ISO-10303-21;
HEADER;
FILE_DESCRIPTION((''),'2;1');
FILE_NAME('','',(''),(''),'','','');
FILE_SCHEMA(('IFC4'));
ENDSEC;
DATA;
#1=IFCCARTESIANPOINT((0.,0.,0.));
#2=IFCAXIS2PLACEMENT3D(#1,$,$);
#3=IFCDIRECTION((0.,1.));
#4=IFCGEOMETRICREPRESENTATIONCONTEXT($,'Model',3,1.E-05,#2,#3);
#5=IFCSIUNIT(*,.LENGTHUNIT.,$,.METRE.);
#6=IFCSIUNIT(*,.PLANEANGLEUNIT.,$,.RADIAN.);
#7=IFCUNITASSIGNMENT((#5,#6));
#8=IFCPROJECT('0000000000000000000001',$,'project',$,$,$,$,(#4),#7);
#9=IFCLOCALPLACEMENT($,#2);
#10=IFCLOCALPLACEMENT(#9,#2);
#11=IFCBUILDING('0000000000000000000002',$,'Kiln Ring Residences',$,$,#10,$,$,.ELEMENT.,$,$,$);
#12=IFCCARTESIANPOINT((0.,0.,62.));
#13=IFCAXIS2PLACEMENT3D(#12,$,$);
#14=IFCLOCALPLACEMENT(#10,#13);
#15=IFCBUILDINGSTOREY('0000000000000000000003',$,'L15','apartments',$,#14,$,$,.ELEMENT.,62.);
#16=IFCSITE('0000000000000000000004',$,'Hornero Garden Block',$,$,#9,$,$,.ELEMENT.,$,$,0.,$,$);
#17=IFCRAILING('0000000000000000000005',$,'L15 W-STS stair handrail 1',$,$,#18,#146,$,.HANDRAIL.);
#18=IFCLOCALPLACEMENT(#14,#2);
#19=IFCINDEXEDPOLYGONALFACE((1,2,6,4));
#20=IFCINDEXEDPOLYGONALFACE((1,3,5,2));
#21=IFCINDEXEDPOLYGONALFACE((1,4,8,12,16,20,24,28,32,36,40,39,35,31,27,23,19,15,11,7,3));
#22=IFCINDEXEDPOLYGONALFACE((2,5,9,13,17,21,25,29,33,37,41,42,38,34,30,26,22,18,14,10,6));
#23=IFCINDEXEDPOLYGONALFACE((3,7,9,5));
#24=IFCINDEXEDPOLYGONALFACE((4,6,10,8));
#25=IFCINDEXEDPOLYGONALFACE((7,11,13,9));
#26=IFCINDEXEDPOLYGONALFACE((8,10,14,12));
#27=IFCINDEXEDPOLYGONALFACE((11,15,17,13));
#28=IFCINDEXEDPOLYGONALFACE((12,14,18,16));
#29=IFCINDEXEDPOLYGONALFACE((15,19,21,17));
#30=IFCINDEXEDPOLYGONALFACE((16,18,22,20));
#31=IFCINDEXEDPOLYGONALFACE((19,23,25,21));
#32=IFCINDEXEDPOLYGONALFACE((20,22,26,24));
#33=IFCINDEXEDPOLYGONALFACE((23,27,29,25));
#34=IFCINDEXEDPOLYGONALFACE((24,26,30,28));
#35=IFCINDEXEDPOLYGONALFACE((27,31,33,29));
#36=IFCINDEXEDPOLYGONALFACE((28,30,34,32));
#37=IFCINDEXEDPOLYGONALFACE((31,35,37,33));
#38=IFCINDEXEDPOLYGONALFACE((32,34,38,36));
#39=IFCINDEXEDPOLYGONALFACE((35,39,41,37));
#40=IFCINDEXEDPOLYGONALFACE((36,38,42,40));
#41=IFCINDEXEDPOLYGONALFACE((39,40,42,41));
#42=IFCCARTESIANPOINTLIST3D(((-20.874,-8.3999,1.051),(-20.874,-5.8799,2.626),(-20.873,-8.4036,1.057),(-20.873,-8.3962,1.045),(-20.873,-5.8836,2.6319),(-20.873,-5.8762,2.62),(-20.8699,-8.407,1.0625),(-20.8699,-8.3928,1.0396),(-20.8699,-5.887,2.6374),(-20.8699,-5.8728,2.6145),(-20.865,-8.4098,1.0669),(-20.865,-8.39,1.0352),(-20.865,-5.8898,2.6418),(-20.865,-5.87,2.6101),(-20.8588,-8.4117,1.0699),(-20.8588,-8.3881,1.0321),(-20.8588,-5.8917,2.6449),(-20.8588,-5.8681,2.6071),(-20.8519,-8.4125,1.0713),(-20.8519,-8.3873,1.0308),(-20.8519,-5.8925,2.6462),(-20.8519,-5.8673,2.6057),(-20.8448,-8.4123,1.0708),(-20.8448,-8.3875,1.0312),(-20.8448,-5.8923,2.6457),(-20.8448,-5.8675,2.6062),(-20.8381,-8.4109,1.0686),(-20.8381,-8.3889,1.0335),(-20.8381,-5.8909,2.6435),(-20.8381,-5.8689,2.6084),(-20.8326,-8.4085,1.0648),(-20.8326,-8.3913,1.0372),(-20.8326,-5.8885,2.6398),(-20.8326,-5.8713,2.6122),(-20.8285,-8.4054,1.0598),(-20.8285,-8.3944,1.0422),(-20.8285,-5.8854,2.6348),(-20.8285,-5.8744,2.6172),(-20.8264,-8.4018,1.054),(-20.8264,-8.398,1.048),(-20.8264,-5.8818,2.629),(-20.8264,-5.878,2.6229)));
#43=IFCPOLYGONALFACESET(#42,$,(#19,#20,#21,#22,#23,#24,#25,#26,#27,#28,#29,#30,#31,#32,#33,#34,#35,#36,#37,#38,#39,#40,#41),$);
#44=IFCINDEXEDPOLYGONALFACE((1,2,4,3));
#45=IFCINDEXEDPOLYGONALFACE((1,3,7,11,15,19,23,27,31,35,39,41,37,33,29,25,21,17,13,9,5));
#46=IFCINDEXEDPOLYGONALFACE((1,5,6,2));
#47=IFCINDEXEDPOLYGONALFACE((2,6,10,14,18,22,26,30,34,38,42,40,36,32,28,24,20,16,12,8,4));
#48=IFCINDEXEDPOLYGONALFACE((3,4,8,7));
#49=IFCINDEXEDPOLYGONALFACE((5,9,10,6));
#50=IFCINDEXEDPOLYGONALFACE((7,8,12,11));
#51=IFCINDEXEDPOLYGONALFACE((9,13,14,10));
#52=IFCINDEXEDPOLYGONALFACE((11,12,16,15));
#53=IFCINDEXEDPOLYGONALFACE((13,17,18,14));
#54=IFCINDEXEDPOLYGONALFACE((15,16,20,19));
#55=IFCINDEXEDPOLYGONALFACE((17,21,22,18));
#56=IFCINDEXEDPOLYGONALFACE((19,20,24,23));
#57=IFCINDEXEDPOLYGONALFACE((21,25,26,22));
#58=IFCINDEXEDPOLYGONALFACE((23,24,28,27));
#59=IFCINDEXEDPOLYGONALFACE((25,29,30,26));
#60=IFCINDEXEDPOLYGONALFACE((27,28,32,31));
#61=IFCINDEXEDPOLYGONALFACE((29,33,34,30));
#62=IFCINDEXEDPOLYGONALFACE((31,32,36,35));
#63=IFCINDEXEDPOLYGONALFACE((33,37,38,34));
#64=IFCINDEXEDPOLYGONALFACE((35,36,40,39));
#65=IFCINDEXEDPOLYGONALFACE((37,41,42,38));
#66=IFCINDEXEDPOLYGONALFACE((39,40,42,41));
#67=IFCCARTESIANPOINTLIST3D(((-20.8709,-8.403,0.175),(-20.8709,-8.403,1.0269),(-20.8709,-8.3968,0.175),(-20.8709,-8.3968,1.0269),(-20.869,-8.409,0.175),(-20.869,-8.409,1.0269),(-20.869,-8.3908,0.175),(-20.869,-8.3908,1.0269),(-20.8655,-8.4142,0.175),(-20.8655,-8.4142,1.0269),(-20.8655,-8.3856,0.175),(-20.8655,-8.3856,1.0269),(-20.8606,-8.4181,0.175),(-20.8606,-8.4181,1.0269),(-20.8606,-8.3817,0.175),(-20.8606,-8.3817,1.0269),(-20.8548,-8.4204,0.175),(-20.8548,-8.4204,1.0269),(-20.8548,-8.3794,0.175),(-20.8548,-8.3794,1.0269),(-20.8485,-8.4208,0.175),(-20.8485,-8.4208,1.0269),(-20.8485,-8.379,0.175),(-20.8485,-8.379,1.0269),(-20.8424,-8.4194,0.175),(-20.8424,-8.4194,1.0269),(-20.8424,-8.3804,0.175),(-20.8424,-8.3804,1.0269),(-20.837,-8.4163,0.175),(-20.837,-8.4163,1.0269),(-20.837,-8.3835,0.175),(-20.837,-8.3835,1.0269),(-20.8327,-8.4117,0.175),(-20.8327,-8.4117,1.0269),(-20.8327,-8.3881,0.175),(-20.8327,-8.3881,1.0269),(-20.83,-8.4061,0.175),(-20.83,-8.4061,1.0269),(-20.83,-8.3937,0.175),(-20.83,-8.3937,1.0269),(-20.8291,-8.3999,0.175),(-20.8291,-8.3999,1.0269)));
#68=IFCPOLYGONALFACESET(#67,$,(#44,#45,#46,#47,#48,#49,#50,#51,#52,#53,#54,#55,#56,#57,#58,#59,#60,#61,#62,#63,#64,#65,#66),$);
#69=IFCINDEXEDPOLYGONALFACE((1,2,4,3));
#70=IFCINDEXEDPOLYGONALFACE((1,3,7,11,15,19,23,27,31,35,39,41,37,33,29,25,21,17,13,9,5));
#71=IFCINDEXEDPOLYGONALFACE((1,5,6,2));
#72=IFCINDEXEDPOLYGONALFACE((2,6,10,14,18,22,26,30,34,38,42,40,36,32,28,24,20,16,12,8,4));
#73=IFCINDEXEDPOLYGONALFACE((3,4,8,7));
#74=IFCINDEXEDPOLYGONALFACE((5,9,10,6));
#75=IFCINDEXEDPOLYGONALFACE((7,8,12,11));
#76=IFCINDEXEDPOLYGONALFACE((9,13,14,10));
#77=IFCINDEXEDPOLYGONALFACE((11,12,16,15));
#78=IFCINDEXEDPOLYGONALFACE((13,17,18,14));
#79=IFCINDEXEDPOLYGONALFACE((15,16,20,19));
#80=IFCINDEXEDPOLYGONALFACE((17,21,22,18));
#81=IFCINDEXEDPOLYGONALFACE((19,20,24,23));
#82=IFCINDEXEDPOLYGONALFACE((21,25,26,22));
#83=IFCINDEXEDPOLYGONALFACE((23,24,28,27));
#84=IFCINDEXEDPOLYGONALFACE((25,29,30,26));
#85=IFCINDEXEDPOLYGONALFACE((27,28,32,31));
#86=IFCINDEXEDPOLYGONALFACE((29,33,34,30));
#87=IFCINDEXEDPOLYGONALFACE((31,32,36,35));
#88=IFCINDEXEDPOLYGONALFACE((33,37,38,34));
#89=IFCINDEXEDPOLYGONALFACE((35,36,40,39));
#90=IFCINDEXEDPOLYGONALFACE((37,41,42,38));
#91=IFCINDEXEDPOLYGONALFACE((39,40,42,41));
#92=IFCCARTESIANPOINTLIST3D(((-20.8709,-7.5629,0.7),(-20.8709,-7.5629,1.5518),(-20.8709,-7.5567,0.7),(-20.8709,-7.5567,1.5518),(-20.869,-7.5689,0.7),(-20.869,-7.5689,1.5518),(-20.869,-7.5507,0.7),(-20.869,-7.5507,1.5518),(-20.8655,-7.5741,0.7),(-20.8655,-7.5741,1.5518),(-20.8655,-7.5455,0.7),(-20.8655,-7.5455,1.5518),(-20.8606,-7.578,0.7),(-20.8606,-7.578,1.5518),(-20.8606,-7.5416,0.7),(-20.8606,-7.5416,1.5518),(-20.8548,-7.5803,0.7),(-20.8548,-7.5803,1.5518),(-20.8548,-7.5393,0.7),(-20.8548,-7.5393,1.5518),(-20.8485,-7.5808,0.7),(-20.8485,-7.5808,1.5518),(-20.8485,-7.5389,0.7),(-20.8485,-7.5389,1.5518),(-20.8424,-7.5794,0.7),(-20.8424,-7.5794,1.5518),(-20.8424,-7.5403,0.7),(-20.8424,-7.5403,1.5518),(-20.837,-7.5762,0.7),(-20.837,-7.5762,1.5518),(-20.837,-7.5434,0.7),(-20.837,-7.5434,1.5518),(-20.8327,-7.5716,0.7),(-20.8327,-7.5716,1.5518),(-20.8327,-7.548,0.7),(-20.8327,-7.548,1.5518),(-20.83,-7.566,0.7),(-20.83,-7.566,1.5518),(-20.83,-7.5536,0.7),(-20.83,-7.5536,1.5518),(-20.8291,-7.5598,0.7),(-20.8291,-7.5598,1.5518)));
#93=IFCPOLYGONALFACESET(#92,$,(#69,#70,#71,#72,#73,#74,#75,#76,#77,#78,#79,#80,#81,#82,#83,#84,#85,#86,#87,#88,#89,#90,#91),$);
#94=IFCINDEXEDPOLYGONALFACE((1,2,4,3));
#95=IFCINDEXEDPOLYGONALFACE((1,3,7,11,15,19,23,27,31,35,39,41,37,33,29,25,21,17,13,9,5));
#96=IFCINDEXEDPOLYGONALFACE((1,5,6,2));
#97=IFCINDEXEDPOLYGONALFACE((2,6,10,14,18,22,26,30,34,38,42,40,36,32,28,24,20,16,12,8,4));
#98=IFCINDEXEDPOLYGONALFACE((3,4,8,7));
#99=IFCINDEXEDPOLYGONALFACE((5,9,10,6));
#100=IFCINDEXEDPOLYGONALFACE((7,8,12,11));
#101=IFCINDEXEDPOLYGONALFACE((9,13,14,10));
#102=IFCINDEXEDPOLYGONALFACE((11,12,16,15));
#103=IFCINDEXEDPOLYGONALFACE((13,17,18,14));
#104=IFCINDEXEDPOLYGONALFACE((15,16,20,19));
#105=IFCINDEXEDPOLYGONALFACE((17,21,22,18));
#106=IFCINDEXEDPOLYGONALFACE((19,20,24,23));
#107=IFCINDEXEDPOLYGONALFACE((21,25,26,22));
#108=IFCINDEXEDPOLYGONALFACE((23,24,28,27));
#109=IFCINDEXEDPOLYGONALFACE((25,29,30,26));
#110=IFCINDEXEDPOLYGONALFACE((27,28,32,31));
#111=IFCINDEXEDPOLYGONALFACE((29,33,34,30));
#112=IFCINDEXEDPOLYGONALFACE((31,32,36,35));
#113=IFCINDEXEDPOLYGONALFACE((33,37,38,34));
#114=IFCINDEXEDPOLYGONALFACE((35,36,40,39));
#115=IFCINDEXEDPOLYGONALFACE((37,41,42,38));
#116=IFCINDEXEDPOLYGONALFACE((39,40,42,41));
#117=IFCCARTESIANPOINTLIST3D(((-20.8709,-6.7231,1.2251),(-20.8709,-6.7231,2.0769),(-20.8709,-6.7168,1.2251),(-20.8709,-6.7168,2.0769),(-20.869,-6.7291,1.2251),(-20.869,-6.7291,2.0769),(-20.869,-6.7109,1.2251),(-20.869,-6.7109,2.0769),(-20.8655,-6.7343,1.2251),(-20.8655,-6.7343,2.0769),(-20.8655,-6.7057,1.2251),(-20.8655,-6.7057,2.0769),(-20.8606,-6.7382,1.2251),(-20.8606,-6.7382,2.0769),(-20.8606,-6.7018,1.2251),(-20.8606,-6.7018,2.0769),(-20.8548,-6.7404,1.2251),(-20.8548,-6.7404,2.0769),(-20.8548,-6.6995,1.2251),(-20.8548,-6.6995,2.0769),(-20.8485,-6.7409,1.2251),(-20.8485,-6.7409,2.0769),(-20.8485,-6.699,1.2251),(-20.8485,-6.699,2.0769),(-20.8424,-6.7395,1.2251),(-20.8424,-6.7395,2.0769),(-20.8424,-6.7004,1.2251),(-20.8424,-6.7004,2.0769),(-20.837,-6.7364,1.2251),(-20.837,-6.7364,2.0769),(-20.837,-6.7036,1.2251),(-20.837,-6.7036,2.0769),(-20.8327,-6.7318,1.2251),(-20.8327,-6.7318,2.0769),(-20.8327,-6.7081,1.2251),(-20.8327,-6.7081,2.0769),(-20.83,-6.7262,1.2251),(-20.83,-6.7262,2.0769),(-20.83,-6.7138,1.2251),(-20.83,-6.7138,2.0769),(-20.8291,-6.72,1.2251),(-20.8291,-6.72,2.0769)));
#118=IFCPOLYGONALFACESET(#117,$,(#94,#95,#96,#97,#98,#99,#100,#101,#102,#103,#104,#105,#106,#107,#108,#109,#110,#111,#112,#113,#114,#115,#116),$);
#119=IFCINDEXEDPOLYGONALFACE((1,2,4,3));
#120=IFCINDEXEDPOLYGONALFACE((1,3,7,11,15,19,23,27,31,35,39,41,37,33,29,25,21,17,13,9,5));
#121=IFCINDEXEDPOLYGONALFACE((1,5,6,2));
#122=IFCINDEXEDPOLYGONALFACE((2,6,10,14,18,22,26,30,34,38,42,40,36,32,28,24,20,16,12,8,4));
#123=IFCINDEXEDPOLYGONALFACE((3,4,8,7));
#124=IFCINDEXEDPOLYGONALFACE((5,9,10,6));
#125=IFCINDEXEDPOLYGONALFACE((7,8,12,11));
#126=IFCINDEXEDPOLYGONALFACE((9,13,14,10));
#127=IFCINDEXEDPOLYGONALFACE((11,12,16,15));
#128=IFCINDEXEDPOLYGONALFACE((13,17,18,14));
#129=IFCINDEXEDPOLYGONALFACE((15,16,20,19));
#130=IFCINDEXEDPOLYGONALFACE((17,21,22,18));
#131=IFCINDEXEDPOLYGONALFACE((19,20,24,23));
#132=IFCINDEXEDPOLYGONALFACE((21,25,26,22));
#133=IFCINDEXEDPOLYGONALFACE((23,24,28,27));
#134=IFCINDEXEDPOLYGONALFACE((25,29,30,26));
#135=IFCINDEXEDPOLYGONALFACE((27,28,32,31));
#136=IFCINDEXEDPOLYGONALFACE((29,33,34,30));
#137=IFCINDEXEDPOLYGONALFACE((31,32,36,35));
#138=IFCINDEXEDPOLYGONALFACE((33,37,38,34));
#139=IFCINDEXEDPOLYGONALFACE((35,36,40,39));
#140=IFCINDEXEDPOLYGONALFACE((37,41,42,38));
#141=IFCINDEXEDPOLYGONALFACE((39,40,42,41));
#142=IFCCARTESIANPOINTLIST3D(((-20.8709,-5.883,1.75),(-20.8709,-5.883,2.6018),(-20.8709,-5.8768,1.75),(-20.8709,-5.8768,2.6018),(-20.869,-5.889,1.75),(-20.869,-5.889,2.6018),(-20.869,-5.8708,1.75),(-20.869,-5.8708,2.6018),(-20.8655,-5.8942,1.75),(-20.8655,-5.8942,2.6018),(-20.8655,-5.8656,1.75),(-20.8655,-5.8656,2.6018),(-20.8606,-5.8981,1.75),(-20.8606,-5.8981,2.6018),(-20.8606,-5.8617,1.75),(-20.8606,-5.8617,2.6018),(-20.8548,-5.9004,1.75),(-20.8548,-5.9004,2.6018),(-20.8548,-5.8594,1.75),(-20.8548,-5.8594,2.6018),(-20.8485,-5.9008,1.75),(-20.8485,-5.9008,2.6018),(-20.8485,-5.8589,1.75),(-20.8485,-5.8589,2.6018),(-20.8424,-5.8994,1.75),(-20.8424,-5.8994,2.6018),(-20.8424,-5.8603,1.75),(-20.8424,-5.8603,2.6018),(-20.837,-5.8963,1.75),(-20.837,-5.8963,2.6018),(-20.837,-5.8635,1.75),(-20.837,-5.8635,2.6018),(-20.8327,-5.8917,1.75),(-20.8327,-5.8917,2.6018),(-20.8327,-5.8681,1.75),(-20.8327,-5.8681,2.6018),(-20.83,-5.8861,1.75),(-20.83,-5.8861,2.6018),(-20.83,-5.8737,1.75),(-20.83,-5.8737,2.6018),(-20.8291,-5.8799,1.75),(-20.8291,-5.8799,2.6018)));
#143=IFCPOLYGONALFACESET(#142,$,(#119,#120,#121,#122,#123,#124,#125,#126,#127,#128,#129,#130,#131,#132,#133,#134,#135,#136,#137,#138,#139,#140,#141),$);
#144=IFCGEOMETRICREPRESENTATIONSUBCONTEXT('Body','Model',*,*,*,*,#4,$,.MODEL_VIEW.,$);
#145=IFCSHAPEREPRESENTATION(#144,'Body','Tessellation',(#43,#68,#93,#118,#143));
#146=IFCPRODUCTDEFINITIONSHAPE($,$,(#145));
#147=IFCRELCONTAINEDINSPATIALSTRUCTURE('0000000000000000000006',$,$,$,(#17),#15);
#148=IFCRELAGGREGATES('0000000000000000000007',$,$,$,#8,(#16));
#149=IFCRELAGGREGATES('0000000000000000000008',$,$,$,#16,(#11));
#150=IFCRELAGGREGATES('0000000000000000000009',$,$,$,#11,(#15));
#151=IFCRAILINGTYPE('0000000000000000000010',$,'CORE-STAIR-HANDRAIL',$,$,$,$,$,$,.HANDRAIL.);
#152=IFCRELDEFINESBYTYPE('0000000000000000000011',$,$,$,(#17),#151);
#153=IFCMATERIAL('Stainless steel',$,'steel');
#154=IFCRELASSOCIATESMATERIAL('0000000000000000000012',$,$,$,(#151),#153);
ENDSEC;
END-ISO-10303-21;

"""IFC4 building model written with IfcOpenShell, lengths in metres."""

from ifc_helpers import new_model, si_unit, direction, frame, origin, origin_2d, place, context, subcontext, project, spatial, circle, extrude, material, type_object, element, save


model = new_model("IFC4")

# Units and contexts
model_context = context("Model", 3, precision=1e-05, world=origin(), true_north=direction((0.0, 1.0)))
body_context = subcontext(model_context, "Body", "Model", "MODEL_VIEW")
ifc_project = project(units=[si_unit("LENGTHUNIT", "METRE"), si_unit("PLANEANGLEUNIT", "RADIAN")], contexts=[model_context])

# Site, building, storey
site_placement = place(None, origin())
site = spatial("IfcSite", under=ifc_project, at=site_placement, Name="Hornero Garden Block", CompositionType="ELEMENT", RefElevation=0.0)
building_placement = place(site_placement, origin())
building = spatial("IfcBuilding", under=site, at=building_placement, Name="Kiln Ring Residences", CompositionType="ELEMENT")
storey_placement = place(building_placement, frame((0.0, 0.0, 62.0)))
storey = spatial("IfcBuildingStorey", under=building, at=storey_placement, Name="L15", Description="apartments", CompositionType="ELEMENT", Elevation=62.0)

# Railing
ifc_material_1 = material(Name="Stainless steel", Category="steel")
railing_type_1 = type_object("IfcRailingType", Name="CORE-STAIR-HANDRAIL", PredefinedType="HANDRAIL", material=ifc_material_1)
railing_1_placement = place(storey_placement, frame((-20.8501, -8.3999, 0.175)))
element("IfcRailing", 1, at=railing_1_placement, inside=storey, type_object=railing_type_1, Name="L15 W-STS stair handrail 1", PredefinedType="HANDRAIL", context=body_context, shape_type="SweptSolid", body=[
    extrude(circle(Radius=0.0239, at=origin_2d()), frame((0.0, 0.0, 0.876), z_axis=(0.0, 0.848008, 0.529984), x_axis=(-1.0, 0.0, 0.0)), (0.0, 0.0, 1.0), 2.9717),
    extrude(circle(Radius=0.021, at=origin_2d()), origin(), (0.0, 0.0, 1.0), 0.8518),
    extrude(circle(Radius=0.021, at=origin_2d()), frame((0.0, 0.8401, 0.5249)), (0.0, 0.0, 1.0), 0.8518),
    extrude(circle(Radius=0.021, at=origin_2d()), frame((0.0, 1.6799, 1.05)), (0.0, 0.0, 1.0), 0.8518),
    extrude(circle(Radius=0.021, at=origin_2d()), frame((0.0, 2.52, 1.575)), (0.0, 0.0, 1.0), 0.8518),
])

save(model, "model.ifc")
